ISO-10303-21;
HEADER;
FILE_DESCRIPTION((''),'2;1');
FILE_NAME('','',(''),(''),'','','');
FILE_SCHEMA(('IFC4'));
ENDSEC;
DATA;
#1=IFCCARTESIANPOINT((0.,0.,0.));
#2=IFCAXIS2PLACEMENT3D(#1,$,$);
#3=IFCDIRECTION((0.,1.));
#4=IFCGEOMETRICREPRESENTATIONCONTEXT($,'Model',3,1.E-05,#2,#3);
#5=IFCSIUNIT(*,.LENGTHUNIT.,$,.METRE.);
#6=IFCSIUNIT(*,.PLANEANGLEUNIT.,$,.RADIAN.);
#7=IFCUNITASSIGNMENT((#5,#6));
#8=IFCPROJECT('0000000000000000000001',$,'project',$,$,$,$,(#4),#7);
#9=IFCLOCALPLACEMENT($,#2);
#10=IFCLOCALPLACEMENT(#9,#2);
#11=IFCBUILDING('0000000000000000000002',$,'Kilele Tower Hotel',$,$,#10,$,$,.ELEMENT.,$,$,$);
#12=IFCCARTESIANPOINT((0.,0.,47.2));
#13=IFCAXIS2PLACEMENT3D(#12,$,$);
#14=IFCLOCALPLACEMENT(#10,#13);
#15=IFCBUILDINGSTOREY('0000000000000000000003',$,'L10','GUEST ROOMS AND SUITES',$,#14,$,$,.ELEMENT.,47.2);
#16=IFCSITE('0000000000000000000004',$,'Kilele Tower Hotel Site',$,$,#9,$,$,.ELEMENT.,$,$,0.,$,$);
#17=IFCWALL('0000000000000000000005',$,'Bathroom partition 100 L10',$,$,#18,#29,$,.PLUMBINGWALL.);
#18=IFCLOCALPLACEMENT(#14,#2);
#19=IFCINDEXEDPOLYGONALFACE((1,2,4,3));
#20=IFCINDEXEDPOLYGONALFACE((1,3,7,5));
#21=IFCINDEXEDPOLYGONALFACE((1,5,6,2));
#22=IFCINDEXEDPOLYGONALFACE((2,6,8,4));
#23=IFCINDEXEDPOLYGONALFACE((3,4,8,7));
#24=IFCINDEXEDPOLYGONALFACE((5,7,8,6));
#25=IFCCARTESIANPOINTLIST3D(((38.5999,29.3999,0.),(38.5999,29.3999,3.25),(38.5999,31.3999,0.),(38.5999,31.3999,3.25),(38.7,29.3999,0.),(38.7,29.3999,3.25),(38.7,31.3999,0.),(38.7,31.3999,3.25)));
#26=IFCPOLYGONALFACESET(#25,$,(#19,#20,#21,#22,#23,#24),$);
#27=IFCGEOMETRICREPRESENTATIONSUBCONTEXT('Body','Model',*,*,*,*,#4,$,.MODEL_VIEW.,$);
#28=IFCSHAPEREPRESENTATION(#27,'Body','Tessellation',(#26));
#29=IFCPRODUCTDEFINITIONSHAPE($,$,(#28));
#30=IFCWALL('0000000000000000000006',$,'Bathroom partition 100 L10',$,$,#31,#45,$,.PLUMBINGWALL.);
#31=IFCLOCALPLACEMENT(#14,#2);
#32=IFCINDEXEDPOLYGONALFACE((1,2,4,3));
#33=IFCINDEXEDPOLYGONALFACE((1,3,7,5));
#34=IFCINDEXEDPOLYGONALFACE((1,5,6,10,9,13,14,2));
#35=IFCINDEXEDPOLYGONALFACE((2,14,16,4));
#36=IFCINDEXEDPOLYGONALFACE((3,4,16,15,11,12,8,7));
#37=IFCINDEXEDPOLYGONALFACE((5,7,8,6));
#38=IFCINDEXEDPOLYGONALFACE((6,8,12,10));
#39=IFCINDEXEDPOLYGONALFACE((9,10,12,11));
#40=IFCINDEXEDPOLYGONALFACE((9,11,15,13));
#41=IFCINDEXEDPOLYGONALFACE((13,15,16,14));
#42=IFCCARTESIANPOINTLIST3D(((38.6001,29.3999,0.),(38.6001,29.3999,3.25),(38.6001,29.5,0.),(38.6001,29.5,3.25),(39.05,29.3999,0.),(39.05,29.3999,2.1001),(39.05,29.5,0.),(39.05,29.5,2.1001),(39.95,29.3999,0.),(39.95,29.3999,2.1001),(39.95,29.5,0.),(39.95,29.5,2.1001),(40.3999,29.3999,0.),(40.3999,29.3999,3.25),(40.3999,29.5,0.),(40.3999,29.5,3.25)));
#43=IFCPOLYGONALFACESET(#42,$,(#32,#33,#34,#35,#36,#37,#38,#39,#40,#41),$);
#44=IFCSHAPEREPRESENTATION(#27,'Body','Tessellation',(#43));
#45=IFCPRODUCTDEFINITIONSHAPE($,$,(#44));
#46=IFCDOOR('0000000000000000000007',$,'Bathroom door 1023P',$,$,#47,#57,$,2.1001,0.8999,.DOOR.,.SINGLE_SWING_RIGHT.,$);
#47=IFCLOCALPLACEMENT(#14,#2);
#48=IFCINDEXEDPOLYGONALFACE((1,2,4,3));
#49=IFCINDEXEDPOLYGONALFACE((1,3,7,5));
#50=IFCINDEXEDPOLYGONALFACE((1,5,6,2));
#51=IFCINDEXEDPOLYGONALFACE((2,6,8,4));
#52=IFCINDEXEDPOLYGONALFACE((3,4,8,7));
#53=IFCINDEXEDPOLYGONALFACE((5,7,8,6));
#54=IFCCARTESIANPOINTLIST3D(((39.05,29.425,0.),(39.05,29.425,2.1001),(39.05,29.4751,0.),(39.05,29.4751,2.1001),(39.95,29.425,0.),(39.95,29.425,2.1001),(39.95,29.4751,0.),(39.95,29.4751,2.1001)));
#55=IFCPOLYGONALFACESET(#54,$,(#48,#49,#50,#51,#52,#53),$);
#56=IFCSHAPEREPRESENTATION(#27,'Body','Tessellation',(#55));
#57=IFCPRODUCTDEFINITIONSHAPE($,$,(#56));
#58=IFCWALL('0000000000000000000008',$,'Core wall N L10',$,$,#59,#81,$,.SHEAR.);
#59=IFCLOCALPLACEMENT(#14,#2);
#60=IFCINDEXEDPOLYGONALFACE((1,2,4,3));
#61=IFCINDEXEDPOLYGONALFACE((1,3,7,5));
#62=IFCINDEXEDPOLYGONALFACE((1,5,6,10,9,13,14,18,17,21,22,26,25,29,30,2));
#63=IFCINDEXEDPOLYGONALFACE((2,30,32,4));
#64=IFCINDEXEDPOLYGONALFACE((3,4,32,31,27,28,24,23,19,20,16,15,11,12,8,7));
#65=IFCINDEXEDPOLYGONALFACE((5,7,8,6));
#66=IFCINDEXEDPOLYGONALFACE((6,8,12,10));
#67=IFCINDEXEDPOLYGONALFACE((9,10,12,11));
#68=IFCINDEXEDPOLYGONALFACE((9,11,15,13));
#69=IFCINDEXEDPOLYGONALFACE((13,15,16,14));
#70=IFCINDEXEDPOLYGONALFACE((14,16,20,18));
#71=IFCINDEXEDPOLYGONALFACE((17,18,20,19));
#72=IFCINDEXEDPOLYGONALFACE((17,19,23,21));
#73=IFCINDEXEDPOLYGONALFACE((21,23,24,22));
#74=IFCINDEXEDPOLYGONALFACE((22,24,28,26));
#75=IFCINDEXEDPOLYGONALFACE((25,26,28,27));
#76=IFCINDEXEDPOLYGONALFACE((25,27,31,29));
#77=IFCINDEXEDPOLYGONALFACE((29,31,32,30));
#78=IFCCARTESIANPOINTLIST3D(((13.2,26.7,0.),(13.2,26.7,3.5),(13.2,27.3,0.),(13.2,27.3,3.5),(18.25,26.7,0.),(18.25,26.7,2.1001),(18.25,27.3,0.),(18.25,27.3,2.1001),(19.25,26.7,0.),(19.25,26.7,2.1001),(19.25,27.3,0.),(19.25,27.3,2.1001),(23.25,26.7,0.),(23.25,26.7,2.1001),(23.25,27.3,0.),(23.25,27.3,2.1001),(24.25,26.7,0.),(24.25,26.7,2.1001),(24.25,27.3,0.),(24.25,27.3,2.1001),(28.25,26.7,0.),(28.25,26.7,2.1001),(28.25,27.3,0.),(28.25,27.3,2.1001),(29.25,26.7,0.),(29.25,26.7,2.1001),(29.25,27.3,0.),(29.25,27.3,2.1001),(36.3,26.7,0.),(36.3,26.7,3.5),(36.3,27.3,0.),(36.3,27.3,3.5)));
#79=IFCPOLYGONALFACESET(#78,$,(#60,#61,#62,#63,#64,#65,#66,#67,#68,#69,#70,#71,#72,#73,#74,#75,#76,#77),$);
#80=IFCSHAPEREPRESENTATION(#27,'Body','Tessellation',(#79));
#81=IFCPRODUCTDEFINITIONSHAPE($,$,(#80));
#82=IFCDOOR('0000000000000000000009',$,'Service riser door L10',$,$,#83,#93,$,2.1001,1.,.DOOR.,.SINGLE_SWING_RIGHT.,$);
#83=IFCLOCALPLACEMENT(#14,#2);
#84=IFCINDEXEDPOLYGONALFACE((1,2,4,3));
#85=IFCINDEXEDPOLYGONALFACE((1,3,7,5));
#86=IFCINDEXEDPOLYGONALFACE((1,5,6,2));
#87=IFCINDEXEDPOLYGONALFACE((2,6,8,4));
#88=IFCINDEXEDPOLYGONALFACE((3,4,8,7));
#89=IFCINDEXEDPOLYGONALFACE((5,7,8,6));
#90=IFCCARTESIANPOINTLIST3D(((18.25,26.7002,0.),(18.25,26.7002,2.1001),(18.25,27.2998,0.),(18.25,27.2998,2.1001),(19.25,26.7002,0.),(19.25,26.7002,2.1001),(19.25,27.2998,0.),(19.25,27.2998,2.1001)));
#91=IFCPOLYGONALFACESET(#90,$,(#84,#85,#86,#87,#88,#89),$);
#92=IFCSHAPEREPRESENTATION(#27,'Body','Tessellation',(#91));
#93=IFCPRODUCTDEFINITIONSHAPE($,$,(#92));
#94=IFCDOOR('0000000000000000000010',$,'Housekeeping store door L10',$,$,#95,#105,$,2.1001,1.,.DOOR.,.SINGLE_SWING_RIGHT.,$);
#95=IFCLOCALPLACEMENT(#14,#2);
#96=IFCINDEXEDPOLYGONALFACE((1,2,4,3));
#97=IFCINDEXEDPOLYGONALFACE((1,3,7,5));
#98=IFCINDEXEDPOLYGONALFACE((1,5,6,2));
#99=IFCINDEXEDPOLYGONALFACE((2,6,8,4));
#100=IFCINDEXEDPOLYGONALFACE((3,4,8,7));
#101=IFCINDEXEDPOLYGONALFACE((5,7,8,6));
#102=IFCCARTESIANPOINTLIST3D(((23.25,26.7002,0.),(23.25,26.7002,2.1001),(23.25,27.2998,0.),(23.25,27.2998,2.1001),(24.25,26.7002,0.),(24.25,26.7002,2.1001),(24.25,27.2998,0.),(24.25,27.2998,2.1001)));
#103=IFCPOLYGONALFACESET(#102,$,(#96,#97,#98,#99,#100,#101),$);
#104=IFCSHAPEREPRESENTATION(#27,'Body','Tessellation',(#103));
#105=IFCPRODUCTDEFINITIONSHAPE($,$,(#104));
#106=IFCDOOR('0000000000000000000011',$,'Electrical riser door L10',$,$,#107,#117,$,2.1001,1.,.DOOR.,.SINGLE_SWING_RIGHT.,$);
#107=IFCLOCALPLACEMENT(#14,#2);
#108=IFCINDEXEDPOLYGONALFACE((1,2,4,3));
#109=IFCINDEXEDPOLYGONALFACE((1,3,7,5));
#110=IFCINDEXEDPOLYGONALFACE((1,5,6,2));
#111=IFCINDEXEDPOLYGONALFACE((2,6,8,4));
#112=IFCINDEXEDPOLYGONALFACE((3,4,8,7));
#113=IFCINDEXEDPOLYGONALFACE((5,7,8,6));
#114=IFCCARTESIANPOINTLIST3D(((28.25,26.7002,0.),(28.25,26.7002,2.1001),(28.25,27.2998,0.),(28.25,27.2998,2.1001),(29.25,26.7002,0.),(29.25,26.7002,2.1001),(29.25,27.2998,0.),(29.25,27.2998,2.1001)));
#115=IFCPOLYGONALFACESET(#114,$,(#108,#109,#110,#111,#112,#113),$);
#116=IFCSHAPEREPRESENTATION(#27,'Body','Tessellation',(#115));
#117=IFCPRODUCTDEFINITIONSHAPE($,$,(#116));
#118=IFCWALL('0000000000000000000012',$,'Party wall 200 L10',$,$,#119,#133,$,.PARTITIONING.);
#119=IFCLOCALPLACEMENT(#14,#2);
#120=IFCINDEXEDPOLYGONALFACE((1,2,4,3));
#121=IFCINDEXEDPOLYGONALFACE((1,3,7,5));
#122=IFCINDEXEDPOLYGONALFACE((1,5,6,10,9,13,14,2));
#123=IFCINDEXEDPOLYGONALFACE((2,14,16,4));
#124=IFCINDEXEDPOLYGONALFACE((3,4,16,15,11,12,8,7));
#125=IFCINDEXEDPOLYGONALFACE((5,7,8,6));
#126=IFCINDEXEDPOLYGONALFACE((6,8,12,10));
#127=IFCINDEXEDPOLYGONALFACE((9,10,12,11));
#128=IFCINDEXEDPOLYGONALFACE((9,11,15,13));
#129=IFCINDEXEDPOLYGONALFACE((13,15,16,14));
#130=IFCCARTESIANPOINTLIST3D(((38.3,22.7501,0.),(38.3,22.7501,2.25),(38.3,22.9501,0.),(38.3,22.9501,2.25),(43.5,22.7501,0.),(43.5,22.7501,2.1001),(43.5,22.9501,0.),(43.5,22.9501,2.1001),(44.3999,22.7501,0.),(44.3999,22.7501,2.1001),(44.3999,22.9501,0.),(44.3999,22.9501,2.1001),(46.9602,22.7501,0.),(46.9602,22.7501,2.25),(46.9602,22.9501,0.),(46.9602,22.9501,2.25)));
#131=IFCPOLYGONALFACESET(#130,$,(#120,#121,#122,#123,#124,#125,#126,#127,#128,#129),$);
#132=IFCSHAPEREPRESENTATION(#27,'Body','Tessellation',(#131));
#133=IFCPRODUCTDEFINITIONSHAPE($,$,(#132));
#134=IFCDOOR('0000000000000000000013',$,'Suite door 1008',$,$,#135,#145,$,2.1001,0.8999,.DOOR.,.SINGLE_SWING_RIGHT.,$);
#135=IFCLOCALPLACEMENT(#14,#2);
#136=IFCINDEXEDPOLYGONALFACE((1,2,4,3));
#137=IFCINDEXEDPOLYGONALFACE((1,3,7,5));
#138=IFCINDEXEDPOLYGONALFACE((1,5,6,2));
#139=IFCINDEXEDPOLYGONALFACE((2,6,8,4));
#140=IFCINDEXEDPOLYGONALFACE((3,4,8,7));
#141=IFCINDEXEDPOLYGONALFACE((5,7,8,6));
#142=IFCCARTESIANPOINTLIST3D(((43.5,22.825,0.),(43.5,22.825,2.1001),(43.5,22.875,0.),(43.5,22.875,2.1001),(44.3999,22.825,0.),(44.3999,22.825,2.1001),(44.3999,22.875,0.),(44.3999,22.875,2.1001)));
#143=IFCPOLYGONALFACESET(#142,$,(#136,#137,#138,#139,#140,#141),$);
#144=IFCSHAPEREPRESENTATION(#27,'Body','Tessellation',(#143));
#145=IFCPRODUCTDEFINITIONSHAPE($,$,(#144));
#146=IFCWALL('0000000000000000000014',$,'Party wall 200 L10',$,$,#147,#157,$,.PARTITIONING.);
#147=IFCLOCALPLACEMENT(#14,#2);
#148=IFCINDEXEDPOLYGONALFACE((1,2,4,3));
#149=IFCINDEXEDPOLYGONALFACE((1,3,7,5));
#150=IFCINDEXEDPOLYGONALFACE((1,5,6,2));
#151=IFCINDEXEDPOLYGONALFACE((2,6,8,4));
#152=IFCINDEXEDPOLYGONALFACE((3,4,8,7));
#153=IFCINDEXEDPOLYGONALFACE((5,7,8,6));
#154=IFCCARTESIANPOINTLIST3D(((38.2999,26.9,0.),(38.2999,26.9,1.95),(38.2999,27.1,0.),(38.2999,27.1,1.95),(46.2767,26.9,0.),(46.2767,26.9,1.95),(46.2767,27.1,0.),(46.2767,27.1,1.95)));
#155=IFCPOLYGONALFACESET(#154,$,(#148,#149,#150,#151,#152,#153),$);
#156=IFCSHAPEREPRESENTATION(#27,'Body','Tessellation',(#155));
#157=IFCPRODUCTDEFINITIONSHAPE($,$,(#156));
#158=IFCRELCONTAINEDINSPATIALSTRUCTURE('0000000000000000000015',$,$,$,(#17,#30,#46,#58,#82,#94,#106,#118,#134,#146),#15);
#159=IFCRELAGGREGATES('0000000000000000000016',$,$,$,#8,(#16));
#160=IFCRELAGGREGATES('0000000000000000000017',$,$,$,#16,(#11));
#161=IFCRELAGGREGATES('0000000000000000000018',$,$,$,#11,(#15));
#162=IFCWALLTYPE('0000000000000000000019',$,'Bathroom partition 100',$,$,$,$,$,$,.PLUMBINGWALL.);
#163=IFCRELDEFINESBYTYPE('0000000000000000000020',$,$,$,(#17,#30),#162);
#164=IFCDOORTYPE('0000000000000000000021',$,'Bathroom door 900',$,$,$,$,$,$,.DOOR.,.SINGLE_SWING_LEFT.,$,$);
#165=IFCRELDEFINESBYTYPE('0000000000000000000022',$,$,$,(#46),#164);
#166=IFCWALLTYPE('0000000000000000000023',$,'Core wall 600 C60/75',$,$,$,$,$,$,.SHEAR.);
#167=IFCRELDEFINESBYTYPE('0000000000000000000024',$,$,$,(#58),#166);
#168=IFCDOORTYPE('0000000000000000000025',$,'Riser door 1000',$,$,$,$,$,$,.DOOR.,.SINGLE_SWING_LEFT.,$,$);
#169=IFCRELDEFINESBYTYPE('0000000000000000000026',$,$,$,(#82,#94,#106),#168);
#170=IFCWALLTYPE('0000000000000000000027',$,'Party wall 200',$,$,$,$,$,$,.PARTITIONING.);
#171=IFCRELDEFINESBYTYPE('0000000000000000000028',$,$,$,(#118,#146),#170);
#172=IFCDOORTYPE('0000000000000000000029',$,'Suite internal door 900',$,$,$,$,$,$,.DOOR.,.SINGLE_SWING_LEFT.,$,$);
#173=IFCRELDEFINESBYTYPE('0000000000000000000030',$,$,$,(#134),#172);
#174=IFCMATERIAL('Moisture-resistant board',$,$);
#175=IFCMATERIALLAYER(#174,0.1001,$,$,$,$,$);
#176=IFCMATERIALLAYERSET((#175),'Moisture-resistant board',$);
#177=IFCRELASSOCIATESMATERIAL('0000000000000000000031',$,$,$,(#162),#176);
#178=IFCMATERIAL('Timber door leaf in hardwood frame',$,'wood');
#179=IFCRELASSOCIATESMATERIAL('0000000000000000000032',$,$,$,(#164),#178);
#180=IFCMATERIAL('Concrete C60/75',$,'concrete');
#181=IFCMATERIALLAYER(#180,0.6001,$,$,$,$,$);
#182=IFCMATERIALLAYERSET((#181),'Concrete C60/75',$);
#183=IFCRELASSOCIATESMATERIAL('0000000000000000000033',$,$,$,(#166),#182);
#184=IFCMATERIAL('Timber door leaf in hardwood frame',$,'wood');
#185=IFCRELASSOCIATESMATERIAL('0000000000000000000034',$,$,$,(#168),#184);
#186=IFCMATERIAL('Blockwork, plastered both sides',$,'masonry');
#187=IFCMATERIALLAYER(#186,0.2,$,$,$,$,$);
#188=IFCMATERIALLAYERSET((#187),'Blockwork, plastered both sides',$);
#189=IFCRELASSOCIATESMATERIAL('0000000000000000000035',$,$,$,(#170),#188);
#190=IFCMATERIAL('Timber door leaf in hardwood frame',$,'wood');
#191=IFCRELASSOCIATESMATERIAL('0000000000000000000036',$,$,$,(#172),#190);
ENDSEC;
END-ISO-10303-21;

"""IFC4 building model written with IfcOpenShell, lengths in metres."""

from ifc_helpers import new_model, si_unit, direction, frame, frame_2d, origin, place, context, subcontext, project, spatial, rectangle, extrude, material, layer, layer_set, type_object, element, fill, save


model = new_model("IFC4")

# Units and contexts
model_context = context("Model", 3, precision=1e-05, world=origin(), true_north=direction((0.0, 1.0)))
body_context = subcontext(model_context, "Body", "Model", "MODEL_VIEW")
ifc_project = project(units=[si_unit("LENGTHUNIT", "METRE"), si_unit("PLANEANGLEUNIT", "RADIAN")], contexts=[model_context])

# Site, building, storey
site_placement = place(None, origin())
site = spatial("IfcSite", under=ifc_project, at=site_placement, Name="Kilele Tower Hotel Site", CompositionType="ELEMENT", RefElevation=0.0)
building_placement = place(site_placement, origin())
building = spatial("IfcBuilding", under=site, at=building_placement, Name="Kilele Tower Hotel", CompositionType="ELEMENT")
storey_placement = place(building_placement, frame((0.0, 0.0, 47.2)))
storey = spatial("IfcBuildingStorey", under=building, at=storey_placement, Name="L10", Description="GUEST ROOMS AND SUITES", CompositionType="ELEMENT", Elevation=47.2)

# Shared definitions
ifc_material_1 = material(Name="Moisture-resistant board")
ifc_layer_1 = layer(ifc_material_1, 0.1001)
ifc_layer_set_1 = layer_set([ifc_layer_1], Name="Moisture-resistant board")
wall_type_1 = type_object("IfcWallType", Name="Bathroom partition 100", PredefinedType="PLUMBINGWALL", material=ifc_layer_set_1)
ifc_material_2 = material(Name="Timber door leaf in hardwood frame", Category="wood")
door_type_1 = type_object("IfcDoorType", Name="Bathroom door 900", OperationType="SINGLE_SWING_LEFT", PredefinedType="DOOR", material=ifc_material_2)

# Wall
wall_1_placement = place(storey_placement, frame((38.6499, 31.3999, 0.0), z_axis=(0.0, 0.0, 1.0), x_axis=(0.0, -1.0, 0.0)))
element("IfcWall", 1, at=wall_1_placement, inside=storey, type_object=wall_type_1, Name="Bathroom partition 100 L10", PredefinedType="PLUMBINGWALL", context=body_context, shape_type="SweptSolid", body=[
    extrude(rectangle(XDim=2.0, YDim=0.1001, at=frame_2d((1.0, 0.0))), origin(), (0.0, 0.0, 1.0), 3.25),
])

# Wall, opening, door
wall_2_placement = place(storey_placement, frame((38.6001, 29.45, 0.0), z_axis=(0.0, 0.0, 1.0), x_axis=(1.0, 0.0, 0.0)))
wall_2 = element("IfcWall", 2, at=wall_2_placement, inside=storey, type_object=wall_type_1, Name="Bathroom partition 100 L10", PredefinedType="PLUMBINGWALL", context=body_context, shape_type="SweptSolid", body=[
    extrude(rectangle(XDim=1.7998, YDim=0.1001, at=frame_2d((0.8999, 0.0))), origin(), (0.0, 0.0, 1.0), 3.25),
])
opening_1_placement = place(wall_2_placement, frame((1.3499, 0.0, 0.0), z_axis=(0.0, 0.0, 1.0), x_axis=(-1.0, 0.0, 0.0)))
opening_1 = element("IfcOpeningElement", 3, at=opening_1_placement, cuts=wall_2, PredefinedType="OPENING", context=body_context, shape_type="SweptSolid", body=[
    extrude(rectangle(XDim=0.8999, YDim=2.1001, at=frame_2d((0.45, 1.05))), frame((0.0, 0.0601, 0.0), z_axis=(0.0, -1.0, 0.0), x_axis=(1.0, 0.0, 0.0)), (0.0, 0.0, 1.0), 0.1201),
])
door_1_placement = place(opening_1_placement, origin())
door_1 = element("IfcDoor", 4, at=door_1_placement, inside=storey, type_object=door_type_1, Name="Bathroom door 1023P", OperationType="SINGLE_SWING_RIGHT", OverallHeight=2.1001, OverallWidth=0.8999, PredefinedType="DOOR", context=body_context, shape_type="SweptSolid", body=[
    extrude(rectangle(XDim=0.8999, YDim=2.1001, at=frame_2d((0.45, 1.05))), frame((0.0, 0.0249, 0.0), z_axis=(0.0, -1.0, 0.0), x_axis=(1.0, 0.0, 0.0)), (0.0, 0.0, 1.0), 0.05),
])
fill(opening_1, door_1)

# Wall, openings, doors
ifc_material_3 = material(Name="Concrete C60/75", Category="concrete")
ifc_layer_2 = layer(ifc_material_3, 0.6001)
ifc_layer_set_2 = layer_set([ifc_layer_2], Name="Concrete C60/75")
wall_type_2 = type_object("IfcWallType", Name="Core wall 600 C60/75", PredefinedType="SHEAR", material=ifc_layer_set_2)
wall_3_placement = place(storey_placement, frame((36.3, 27.0, 0.0), z_axis=(0.0, 0.0, 1.0), x_axis=(-1.0, 0.0, 0.0)))
wall_3 = element("IfcWall", 5, at=wall_3_placement, inside=storey, type_object=wall_type_2, Name="Core wall N L10", PredefinedType="SHEAR", context=body_context, shape_type="SweptSolid", body=[
    extrude(rectangle(XDim=23.1001, YDim=0.6001, at=frame_2d((11.55, 0.0))), origin(), (0.0, 0.0, 1.0), 3.5),
])
opening_2_placement = place(wall_3_placement, frame((17.05, 0.0, 0.0)))
opening_2 = element("IfcOpeningElement", 6, at=opening_2_placement, cuts=wall_3, PredefinedType="OPENING", context=body_context, shape_type="SweptSolid", body=[
    extrude(rectangle(XDim=1.0, YDim=2.1001, at=frame_2d((0.5, 1.05))), frame((0.0, 0.3101, 0.0), z_axis=(0.0, -1.0, 0.0), x_axis=(1.0, 0.0, 0.0)), (0.0, 0.0, 1.0), 0.6201),
])
opening_3_placement = place(wall_3_placement, frame((12.05, 0.0, 0.0)))
opening_3 = element("IfcOpeningElement", 7, at=opening_3_placement, cuts=wall_3, PredefinedType="OPENING", context=body_context, shape_type="SweptSolid", body=[
    extrude(rectangle(XDim=1.0, YDim=2.1001, at=frame_2d((0.5, 1.05))), frame((0.0, 0.3101, 0.0), z_axis=(0.0, -1.0, 0.0), x_axis=(1.0, 0.0, 0.0)), (0.0, 0.0, 1.0), 0.6201),
])
opening_4_placement = place(wall_3_placement, frame((7.05, 0.0, 0.0)))
opening_4 = element("IfcOpeningElement", 8, at=opening_4_placement, cuts=wall_3, PredefinedType="OPENING", context=body_context, shape_type="SweptSolid", body=[
    extrude(rectangle(XDim=1.0, YDim=2.1001, at=frame_2d((0.5, 1.05))), frame((0.0, 0.3101, 0.0), z_axis=(0.0, -1.0, 0.0), x_axis=(1.0, 0.0, 0.0)), (0.0, 0.0, 1.0), 0.6201),
])
ifc_material_4 = material(Name="Timber door leaf in hardwood frame", Category="wood")
door_type_2 = type_object("IfcDoorType", Name="Riser door 1000", OperationType="SINGLE_SWING_LEFT", PredefinedType="DOOR", material=ifc_material_4)
door_2_placement = place(opening_2_placement, origin())
door_2 = element("IfcDoor", 9, at=door_2_placement, inside=storey, type_object=door_type_2, Name="Service riser door L10", OperationType="SINGLE_SWING_RIGHT", OverallHeight=2.1001, OverallWidth=1.0, PredefinedType="DOOR", context=body_context, shape_type="SweptSolid", body=[
    extrude(rectangle(XDim=1.0, YDim=2.1001, at=frame_2d((0.5, 1.05))), frame((0.0, 0.2998, 0.0), z_axis=(0.0, -1.0, 0.0), x_axis=(1.0, 0.0, 0.0)), (0.0, 0.0, 1.0), 0.5996),
])
fill(opening_2, door_2)
door_3_placement = place(opening_3_placement, origin())
door_3 = element("IfcDoor", 10, at=door_3_placement, inside=storey, type_object=door_type_2, Name="Housekeeping store door L10", OperationType="SINGLE_SWING_RIGHT", OverallHeight=2.1001, OverallWidth=1.0, PredefinedType="DOOR", context=body_context, shape_type="SweptSolid", body=[
    extrude(rectangle(XDim=1.0, YDim=2.1001, at=frame_2d((0.5, 1.05))), frame((0.0, 0.2998, 0.0), z_axis=(0.0, -1.0, 0.0), x_axis=(1.0, 0.0, 0.0)), (0.0, 0.0, 1.0), 0.5996),
])
fill(opening_3, door_3)
door_4_placement = place(opening_4_placement, origin())
door_4 = element("IfcDoor", 11, at=door_4_placement, inside=storey, type_object=door_type_2, Name="Electrical riser door L10", OperationType="SINGLE_SWING_RIGHT", OverallHeight=2.1001, OverallWidth=1.0, PredefinedType="DOOR", context=body_context, shape_type="SweptSolid", body=[
    extrude(rectangle(XDim=1.0, YDim=2.1001, at=frame_2d((0.5, 1.05))), frame((0.0, 0.2998, 0.0), z_axis=(0.0, -1.0, 0.0), x_axis=(1.0, 0.0, 0.0)), (0.0, 0.0, 1.0), 0.5996),
])
fill(opening_4, door_4)

# Wall, opening, door
ifc_material_5 = material(Name="Blockwork, plastered both sides", Category="masonry")
ifc_layer_3 = layer(ifc_material_5, 0.2)
ifc_layer_set_3 = layer_set([ifc_layer_3], Name="Blockwork, plastered both sides")
wall_type_3 = type_object("IfcWallType", Name="Party wall 200", PredefinedType="PARTITIONING", material=ifc_layer_set_3)
wall_4_placement = place(storey_placement, frame((38.3, 22.8501, 0.0), z_axis=(0.0, 0.0, 1.0), x_axis=(1.0, 0.0, 0.0)))
wall_4 = element("IfcWall", 12, at=wall_4_placement, inside=storey, type_object=wall_type_3, Name="Party wall 200 L10", PredefinedType="PARTITIONING", context=body_context, shape_type="SweptSolid", body=[
    extrude(rectangle(XDim=8.6602, YDim=0.2, at=frame_2d((4.3301, 0.0))), origin(), (0.0, 0.0, 1.0), 2.25),
])
opening_5_placement = place(wall_4_placement, frame((5.2, 0.0, 0.0)))
opening_5 = element("IfcOpeningElement", 13, at=opening_5_placement, cuts=wall_4, PredefinedType="OPENING", context=body_context, shape_type="SweptSolid", body=[
    extrude(rectangle(XDim=0.8999, YDim=2.1001, at=frame_2d((0.45, 1.05))), frame((0.0, 0.1099, 0.0), z_axis=(0.0, -1.0, 0.0), x_axis=(1.0, 0.0, 0.0)), (0.0, 0.0, 1.0), 0.22),
])
ifc_material_6 = material(Name="Timber door leaf in hardwood frame", Category="wood")
door_type_3 = type_object("IfcDoorType", Name="Suite internal door 900", OperationType="SINGLE_SWING_LEFT", PredefinedType="DOOR", material=ifc_material_6)
door_5_placement = place(opening_5_placement, origin())
door_5 = element("IfcDoor", 14, at=door_5_placement, inside=storey, type_object=door_type_3, Name="Suite door 1008", OperationType="SINGLE_SWING_RIGHT", OverallHeight=2.1001, OverallWidth=0.8999, PredefinedType="DOOR", context=body_context, shape_type="SweptSolid", body=[
    extrude(rectangle(XDim=0.8999, YDim=2.1001, at=frame_2d((0.45, 1.05))), frame((0.0, 0.0249, 0.0), z_axis=(0.0, -1.0, 0.0), x_axis=(1.0, 0.0, 0.0)), (0.0, 0.0, 1.0), 0.05),
])
fill(opening_5, door_5)

# Wall
wall_5_placement = place(storey_placement, frame((38.3, 27.0, 0.0), z_axis=(0.0, 0.0, 1.0), x_axis=(1.0, 0.0, 0.0)))
element("IfcWall", 15, at=wall_5_placement, inside=storey, type_object=wall_type_3, Name="Party wall 200 L10", PredefinedType="PARTITIONING", context=body_context, shape_type="SweptSolid", body=[
    extrude(rectangle(XDim=7.9768, YDim=0.2, at=frame_2d((3.9883, 0.0))), origin(), (0.0, 0.0, 1.0), 1.95),
])

save(model, "model.ifc")
